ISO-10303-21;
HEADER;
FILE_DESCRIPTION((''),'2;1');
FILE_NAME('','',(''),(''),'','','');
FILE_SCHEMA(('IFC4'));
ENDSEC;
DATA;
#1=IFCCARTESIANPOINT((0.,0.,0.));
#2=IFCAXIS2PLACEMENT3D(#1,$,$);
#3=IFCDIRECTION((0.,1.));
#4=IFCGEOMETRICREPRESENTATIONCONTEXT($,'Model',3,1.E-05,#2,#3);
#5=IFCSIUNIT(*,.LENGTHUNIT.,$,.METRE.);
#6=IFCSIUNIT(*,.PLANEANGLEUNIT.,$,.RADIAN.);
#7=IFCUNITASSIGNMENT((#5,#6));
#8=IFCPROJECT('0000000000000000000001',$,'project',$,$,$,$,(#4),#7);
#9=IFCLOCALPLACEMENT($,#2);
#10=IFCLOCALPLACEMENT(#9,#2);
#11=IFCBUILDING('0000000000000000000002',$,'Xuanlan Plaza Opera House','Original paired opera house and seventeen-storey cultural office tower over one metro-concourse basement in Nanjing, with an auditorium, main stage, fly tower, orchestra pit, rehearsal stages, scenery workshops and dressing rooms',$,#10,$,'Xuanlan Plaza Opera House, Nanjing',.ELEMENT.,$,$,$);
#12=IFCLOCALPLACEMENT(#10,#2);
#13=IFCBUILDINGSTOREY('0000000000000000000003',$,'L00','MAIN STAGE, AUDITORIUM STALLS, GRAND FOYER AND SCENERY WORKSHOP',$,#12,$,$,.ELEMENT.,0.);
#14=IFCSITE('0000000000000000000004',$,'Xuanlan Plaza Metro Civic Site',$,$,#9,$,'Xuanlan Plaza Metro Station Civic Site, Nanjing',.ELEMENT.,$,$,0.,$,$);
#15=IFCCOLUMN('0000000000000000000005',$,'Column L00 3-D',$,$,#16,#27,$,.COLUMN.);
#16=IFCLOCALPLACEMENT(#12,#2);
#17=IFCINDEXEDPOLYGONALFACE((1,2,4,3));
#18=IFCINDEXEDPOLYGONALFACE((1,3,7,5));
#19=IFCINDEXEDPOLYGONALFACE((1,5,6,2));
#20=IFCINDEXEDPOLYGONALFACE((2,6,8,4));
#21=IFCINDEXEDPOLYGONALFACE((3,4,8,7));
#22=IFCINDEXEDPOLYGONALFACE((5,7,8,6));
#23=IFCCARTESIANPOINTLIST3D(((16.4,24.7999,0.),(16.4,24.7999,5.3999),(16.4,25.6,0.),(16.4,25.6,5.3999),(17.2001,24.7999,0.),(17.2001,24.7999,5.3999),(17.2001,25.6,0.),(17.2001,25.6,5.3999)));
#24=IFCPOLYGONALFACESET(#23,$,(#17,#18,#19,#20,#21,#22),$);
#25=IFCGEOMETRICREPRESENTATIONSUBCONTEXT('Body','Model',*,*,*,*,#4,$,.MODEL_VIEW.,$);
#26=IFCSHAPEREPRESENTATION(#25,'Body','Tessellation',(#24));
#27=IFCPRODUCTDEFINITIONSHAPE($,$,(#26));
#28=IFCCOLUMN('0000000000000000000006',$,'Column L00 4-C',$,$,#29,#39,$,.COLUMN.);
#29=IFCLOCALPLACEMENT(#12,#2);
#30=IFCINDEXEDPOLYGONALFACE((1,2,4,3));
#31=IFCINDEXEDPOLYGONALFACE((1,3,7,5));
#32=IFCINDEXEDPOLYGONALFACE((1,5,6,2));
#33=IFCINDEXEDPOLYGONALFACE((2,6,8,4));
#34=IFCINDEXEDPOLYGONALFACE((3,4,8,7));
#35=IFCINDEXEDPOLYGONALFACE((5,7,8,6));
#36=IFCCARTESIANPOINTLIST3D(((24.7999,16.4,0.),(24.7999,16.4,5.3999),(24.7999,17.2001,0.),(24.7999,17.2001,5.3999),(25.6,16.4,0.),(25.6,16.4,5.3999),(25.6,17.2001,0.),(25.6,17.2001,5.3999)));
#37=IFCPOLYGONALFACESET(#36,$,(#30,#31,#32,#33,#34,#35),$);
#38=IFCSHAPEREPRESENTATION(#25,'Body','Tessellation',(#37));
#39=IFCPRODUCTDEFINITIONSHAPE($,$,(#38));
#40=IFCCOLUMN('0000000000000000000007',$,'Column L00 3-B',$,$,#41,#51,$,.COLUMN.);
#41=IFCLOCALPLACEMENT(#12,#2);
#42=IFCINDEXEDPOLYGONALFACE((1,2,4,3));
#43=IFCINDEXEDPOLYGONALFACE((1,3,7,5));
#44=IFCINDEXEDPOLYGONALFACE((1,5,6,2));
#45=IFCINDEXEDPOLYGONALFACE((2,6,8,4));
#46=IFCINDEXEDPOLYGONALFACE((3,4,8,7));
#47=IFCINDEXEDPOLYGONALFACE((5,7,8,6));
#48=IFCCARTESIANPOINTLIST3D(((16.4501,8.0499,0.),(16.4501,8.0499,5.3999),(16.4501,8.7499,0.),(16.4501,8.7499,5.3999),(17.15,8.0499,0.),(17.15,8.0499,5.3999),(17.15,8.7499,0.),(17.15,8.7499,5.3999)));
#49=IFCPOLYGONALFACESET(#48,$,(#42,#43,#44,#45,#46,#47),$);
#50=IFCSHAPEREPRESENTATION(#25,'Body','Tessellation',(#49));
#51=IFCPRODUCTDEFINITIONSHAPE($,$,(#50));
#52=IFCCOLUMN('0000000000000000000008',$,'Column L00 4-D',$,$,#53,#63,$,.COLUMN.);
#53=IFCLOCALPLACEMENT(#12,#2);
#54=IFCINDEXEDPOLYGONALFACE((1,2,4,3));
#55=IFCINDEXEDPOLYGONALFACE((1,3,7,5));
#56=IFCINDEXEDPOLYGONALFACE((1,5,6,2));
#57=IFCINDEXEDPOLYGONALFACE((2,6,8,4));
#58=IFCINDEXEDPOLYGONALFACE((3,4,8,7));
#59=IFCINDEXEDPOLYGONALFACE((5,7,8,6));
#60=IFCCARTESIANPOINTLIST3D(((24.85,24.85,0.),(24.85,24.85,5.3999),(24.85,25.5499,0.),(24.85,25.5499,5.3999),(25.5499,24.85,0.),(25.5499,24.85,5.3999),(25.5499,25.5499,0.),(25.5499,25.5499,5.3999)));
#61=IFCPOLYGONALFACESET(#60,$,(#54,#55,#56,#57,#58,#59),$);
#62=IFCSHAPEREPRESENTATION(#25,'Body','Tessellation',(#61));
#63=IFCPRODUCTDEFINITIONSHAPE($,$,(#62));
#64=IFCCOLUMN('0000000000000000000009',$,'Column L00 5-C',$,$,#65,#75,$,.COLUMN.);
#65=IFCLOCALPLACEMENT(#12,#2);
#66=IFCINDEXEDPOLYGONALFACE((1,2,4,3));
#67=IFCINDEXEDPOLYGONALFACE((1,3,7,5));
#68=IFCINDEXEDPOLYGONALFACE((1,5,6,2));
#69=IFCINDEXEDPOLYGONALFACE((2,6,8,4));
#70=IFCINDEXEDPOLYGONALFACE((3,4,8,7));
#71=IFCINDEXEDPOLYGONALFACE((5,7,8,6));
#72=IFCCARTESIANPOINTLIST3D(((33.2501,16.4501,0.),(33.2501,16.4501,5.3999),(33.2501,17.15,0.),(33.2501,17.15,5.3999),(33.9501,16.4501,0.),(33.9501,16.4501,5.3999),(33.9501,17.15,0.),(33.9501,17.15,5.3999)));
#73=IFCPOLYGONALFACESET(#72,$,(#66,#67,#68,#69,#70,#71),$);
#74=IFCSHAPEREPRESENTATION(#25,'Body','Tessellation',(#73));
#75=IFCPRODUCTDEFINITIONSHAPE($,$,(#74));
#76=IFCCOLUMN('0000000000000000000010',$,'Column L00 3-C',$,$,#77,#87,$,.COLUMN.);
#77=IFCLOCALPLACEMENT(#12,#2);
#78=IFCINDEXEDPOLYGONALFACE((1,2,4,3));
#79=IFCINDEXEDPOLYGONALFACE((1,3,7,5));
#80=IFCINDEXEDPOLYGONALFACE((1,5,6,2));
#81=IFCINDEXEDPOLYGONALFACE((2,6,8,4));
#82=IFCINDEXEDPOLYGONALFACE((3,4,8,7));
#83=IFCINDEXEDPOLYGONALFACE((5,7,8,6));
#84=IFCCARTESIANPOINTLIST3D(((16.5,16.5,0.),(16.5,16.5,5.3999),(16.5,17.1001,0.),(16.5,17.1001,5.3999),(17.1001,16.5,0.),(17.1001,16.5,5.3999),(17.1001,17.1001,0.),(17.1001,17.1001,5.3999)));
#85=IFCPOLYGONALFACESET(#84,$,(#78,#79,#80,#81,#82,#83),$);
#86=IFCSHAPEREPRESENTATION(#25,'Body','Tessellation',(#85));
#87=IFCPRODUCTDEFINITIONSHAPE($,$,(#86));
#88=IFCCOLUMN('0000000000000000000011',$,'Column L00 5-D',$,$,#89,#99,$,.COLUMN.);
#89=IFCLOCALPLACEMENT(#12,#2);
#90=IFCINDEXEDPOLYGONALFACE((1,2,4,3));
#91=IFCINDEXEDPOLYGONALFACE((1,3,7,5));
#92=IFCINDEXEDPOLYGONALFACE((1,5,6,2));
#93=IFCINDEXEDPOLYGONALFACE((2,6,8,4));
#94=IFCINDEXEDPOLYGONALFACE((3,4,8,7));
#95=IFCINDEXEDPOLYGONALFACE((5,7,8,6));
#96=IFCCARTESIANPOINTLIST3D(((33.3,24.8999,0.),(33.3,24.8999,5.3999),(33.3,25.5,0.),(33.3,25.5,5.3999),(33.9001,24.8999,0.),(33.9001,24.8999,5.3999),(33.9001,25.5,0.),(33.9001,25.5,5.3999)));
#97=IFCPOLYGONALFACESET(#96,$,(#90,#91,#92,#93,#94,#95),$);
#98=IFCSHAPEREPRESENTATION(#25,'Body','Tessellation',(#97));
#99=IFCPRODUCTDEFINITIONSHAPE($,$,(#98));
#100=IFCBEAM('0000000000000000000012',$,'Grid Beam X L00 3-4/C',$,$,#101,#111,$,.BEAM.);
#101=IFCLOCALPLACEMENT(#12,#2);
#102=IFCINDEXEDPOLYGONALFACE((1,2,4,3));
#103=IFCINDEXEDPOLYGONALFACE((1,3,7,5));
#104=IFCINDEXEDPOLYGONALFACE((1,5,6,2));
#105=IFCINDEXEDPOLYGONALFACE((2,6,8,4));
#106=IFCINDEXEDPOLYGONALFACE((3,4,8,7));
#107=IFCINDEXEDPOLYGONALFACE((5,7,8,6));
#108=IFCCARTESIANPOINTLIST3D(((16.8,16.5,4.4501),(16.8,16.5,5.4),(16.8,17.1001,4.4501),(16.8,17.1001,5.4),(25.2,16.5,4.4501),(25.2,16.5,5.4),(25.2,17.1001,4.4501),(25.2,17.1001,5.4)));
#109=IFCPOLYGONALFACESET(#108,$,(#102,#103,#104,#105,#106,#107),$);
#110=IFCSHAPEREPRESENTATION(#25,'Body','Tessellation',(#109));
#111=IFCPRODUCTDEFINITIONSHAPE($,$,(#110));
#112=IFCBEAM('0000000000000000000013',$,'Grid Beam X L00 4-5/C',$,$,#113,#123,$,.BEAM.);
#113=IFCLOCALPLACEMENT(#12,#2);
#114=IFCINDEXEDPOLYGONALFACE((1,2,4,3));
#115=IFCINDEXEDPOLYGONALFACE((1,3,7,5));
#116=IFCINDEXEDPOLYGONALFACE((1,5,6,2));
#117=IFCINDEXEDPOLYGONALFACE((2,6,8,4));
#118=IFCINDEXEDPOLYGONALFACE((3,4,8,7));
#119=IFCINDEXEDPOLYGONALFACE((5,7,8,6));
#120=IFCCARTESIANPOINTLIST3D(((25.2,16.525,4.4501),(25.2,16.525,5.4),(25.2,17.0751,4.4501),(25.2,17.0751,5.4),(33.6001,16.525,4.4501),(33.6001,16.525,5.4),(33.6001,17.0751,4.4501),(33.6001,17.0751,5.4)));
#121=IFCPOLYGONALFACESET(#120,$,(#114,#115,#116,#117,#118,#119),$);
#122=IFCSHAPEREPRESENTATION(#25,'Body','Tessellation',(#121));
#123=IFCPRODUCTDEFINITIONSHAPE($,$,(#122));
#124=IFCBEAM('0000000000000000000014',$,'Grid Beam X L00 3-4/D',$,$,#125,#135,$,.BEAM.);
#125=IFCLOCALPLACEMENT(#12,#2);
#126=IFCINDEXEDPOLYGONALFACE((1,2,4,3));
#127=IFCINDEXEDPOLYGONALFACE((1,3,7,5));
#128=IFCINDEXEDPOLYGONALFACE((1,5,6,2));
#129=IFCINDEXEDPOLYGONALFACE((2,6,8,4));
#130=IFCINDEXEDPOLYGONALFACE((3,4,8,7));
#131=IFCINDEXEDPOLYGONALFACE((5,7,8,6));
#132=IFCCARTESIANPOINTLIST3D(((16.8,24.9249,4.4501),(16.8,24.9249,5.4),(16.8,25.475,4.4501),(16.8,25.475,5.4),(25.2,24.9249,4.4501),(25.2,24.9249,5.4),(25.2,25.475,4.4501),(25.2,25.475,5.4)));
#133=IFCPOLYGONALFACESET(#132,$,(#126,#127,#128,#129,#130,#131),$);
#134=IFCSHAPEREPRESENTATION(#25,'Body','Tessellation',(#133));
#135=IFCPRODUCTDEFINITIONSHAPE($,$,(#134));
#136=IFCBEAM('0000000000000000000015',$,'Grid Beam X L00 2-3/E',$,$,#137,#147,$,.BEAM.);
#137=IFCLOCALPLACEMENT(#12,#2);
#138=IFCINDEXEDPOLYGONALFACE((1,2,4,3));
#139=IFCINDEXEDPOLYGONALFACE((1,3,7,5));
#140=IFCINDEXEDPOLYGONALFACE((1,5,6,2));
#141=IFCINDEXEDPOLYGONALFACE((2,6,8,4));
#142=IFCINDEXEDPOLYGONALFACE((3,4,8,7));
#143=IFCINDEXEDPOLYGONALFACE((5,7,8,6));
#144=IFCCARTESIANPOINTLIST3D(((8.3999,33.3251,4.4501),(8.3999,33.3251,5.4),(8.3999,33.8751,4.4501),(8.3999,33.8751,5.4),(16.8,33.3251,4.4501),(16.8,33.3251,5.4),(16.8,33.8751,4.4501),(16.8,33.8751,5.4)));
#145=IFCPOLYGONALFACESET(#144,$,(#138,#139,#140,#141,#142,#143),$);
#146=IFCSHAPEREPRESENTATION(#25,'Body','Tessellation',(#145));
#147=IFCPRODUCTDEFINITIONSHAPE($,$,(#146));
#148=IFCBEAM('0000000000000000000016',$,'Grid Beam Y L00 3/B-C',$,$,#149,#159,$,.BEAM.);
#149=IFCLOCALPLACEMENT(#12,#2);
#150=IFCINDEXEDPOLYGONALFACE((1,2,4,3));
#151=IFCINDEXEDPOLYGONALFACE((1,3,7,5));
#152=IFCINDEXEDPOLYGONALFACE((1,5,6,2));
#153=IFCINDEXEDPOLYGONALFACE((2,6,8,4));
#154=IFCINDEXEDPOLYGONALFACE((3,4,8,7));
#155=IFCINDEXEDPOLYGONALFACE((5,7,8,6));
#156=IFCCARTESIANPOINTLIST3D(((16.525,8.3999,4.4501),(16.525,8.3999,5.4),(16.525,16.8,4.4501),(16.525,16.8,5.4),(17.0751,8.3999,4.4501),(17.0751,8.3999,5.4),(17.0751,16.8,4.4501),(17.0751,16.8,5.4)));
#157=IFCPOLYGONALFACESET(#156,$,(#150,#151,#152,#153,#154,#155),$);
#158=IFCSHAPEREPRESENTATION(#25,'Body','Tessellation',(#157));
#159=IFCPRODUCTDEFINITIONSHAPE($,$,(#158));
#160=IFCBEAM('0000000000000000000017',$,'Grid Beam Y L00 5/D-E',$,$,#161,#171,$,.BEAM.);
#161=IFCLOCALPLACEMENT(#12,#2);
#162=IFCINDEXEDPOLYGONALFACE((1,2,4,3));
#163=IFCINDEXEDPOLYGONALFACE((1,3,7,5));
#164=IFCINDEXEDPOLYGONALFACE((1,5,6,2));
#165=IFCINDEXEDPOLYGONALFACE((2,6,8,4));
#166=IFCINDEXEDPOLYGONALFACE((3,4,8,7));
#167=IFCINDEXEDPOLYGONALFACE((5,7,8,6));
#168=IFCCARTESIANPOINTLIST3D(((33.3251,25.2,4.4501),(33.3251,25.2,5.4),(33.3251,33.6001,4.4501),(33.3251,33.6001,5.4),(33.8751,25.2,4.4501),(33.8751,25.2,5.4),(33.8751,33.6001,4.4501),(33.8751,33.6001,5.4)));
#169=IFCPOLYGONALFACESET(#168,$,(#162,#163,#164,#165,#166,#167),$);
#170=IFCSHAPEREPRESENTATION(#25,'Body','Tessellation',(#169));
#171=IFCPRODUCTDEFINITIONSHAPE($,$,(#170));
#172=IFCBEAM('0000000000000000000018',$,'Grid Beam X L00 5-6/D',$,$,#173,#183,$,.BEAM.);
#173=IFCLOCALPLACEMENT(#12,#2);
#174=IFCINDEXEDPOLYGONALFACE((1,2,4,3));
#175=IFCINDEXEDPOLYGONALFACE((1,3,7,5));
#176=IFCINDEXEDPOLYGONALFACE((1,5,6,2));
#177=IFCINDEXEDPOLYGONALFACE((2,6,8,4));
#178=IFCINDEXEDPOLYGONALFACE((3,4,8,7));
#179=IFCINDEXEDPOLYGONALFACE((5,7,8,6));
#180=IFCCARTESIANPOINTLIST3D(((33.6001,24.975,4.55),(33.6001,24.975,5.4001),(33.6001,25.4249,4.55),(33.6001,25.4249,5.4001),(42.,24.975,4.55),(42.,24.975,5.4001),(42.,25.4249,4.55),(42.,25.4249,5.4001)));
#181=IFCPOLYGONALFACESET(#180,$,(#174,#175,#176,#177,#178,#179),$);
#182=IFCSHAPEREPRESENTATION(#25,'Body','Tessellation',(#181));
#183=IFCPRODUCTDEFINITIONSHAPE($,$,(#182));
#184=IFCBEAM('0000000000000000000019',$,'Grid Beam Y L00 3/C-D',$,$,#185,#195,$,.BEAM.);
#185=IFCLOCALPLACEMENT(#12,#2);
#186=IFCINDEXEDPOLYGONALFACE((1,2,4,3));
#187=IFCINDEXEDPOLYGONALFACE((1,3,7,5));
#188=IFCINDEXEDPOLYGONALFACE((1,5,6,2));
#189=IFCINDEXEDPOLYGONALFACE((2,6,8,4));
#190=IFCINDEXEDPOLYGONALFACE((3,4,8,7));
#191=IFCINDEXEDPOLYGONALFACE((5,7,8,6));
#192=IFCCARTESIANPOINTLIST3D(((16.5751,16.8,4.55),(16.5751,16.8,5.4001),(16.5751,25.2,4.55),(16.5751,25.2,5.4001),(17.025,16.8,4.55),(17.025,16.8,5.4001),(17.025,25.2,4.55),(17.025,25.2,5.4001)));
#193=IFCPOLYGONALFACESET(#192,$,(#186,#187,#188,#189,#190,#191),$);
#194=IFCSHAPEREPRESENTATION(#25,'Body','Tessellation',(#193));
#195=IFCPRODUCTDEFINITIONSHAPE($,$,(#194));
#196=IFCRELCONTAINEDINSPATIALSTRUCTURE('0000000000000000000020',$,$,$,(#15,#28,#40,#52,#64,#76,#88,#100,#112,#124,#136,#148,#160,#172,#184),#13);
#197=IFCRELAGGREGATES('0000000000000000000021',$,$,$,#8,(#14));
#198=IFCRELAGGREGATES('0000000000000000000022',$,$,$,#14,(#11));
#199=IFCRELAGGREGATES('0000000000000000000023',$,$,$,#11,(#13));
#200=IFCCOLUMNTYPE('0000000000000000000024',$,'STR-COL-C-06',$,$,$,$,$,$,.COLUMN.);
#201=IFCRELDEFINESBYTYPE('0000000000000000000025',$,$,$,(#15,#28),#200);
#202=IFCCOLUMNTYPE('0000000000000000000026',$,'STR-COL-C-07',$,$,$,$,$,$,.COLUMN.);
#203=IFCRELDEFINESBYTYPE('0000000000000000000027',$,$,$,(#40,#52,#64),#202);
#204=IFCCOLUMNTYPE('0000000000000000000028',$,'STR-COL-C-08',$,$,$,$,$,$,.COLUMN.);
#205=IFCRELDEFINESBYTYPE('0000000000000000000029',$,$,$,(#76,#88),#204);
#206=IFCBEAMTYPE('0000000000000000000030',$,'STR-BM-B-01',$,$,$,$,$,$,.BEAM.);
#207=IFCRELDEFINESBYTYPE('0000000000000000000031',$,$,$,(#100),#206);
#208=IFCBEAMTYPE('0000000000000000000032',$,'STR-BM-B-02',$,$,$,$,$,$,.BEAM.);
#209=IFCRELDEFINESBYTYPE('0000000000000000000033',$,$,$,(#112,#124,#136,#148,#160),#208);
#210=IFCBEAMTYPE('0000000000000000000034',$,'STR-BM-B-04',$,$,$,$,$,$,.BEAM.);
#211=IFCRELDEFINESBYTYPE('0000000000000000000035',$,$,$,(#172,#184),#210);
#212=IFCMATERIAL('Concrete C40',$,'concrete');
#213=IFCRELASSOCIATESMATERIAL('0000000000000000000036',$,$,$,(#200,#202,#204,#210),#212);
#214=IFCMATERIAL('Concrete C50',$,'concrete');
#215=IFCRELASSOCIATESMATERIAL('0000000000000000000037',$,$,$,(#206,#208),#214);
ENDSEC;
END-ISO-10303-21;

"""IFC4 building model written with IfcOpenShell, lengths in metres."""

from ifc_helpers import new_model, si_unit, direction, frame, origin, origin_2d, place, context, subcontext, project, spatial, rectangle, extrude, material, material_profile, profile_set, type_object, element, save


model = new_model("IFC4")

# Units and contexts
model_context = context("Model", 3, precision=1e-05, world=origin(), true_north=direction((0.0, 1.0)))
body_context = subcontext(model_context, "Body", "Model", "MODEL_VIEW")
ifc_project = project(units=[si_unit("LENGTHUNIT", "METRE"), si_unit("PLANEANGLEUNIT", "RADIAN")], contexts=[model_context])

# Site, building, storey
site_placement = place(None, origin())
site = spatial("IfcSite", under=ifc_project, at=site_placement, Name="Xuanlan Plaza Metro Civic Site", LongName="Xuanlan Plaza Metro Station Civic Site, Nanjing", CompositionType="ELEMENT", RefElevation=0.0)
building_placement = place(site_placement, origin())
building = spatial("IfcBuilding", under=site, at=building_placement, Name="Xuanlan Plaza Opera House", Description="Original paired opera house and seventeen-storey cultural office tower over one metro-concourse basement in Nanjing, with an auditorium, main stage, fly tower, orchestra pit, rehearsal stages, scenery workshops and dressing rooms", LongName="Xuanlan Plaza Opera House, Nanjing", CompositionType="ELEMENT")
storey_placement = place(building_placement, origin())
storey = spatial("IfcBuildingStorey", under=building, at=storey_placement, Name="L00", Description="MAIN STAGE, AUDITORIUM STALLS, GRAND FOYER AND SCENERY WORKSHOP", CompositionType="ELEMENT", Elevation=0.0)

# Columns
ifc_material_1 = material(Name="Concrete C40", Category="concrete")
ifc_material_profile_1 = material_profile(ifc_material_1, rectangle(XDim=0.8, YDim=0.8, at=origin_2d()), Name="RC-COL 800x800")
ifc_profile_set_1 = profile_set([ifc_material_profile_1], Name="Concrete C40")
column_type_1 = type_object("IfcColumnType", Name="STR-COL-C-06", PredefinedType="COLUMN", material=ifc_profile_set_1)
for number, where, z_axis, x_axis, name in (
    (1, (16.8, 25.2, 0.0), (0.0, 0.0, 1.0), (1.0, 0.0, 0.0), "Column L00 3-D"),
    (2, (25.2, 16.8, 0.0), (0.0, 0.0, 1.0), (1.0, 0.0, 0.0), "Column L00 4-C"),
):
    element("IfcColumn", number, at=place(storey_placement, frame(where, z_axis=z_axis, x_axis=x_axis)), inside=storey, type_object=column_type_1, Name=name, PredefinedType="COLUMN", context=body_context, shape_type="SweptSolid", body=[
        extrude(rectangle(XDim=0.8, YDim=0.8, at=origin_2d()), origin(), (0.0, 0.0, 1.0), 5.3999),
    ])
ifc_material_profile_2 = material_profile(ifc_material_1, rectangle(XDim=0.7, YDim=0.7, at=origin_2d()), Name="RC-COL 700x700")
ifc_profile_set_2 = profile_set([ifc_material_profile_2], Name="Concrete C40")
column_type_2 = type_object("IfcColumnType", Name="STR-COL-C-07", PredefinedType="COLUMN", material=ifc_profile_set_2)
for number, where, z_axis, x_axis, name in (
    (3, (16.8, 8.3999, 0.0), (0.0, 0.0, 1.0), (1.0, 0.0, 0.0), "Column L00 3-B"),
    (4, (25.2, 25.2, 0.0), (0.0, 0.0, 1.0), (1.0, 0.0, 0.0), "Column L00 4-D"),
    (5, (33.6001, 16.8, 0.0), (0.0, 0.0, 1.0), (1.0, 0.0, 0.0), "Column L00 5-C"),
):
    element("IfcColumn", number, at=place(storey_placement, frame(where, z_axis=z_axis, x_axis=x_axis)), inside=storey, type_object=column_type_2, Name=name, PredefinedType="COLUMN", context=body_context, shape_type="SweptSolid", body=[
        extrude(rectangle(XDim=0.7, YDim=0.7, at=origin_2d()), origin(), (0.0, 0.0, 1.0), 5.3999),
    ])
ifc_material_profile_3 = material_profile(ifc_material_1, rectangle(XDim=0.6001, YDim=0.6001, at=origin_2d()), Name="RC-COL 600x600")
ifc_profile_set_3 = profile_set([ifc_material_profile_3], Name="Concrete C40")
column_type_3 = type_object("IfcColumnType", Name="STR-COL-C-08", PredefinedType="COLUMN", material=ifc_profile_set_3)
for number, where, z_axis, x_axis, name in (
    (6, (16.8, 16.8, 0.0), (0.0, 0.0, 1.0), (1.0, 0.0, 0.0), "Column L00 3-C"),
    (7, (33.6001, 25.2, 0.0), (0.0, 0.0, 1.0), (1.0, 0.0, 0.0), "Column L00 5-D"),
):
    element("IfcColumn", number, at=place(storey_placement, frame(where, z_axis=z_axis, x_axis=x_axis)), inside=storey, type_object=column_type_3, Name=name, PredefinedType="COLUMN", context=body_context, shape_type="SweptSolid", body=[
        extrude(rectangle(XDim=0.6001, YDim=0.6001, at=origin_2d()), origin(), (0.0, 0.0, 1.0), 5.3999),
    ])

# Beams
ifc_material_2 = material(Name="Concrete C50", Category="concrete")
ifc_material_profile_4 = material_profile(ifc_material_2, rectangle(XDim=0.6001, YDim=0.95, at=origin_2d()), Name="RC-BM 600x950")
ifc_profile_set_4 = profile_set([ifc_material_profile_4], Name="Concrete C50")
beam_type_1 = type_object("IfcBeamType", Name="STR-BM-B-01", PredefinedType="BEAM", material=ifc_profile_set_4)
beam_1_placement = place(storey_placement, frame((16.8, 16.8, 4.925), z_axis=(1.0, 0.0, 0.0), x_axis=(0.0, 1.0, 0.0)))
element("IfcBeam", 8, at=beam_1_placement, inside=storey, type_object=beam_type_1, Name="Grid Beam X L00 3-4/C", PredefinedType="BEAM", context=body_context, shape_type="SweptSolid", body=[
    extrude(rectangle(XDim=0.6001, YDim=0.95, at=origin_2d()), origin(), (0.0, 0.0, 1.0), 8.3999),
])
ifc_material_profile_5 = material_profile(ifc_material_2, rectangle(XDim=0.55, YDim=0.95, at=origin_2d()), Name="RC-BM 550x950")
ifc_profile_set_5 = profile_set([ifc_material_profile_5], Name="Concrete C50")
beam_type_2 = type_object("IfcBeamType", Name="STR-BM-B-02", PredefinedType="BEAM", material=ifc_profile_set_5)
beam_2_placement = place(storey_placement, frame((25.2, 16.8, 4.925), z_axis=(1.0, 0.0, 0.0), x_axis=(0.0, 1.0, 0.0)))
element("IfcBeam", 9, at=beam_2_placement, inside=storey, type_object=beam_type_2, Name="Grid Beam X L00 4-5/C", PredefinedType="BEAM", context=body_context, shape_type="SweptSolid", body=[
    extrude(rectangle(XDim=0.55, YDim=0.95, at=origin_2d()), origin(), (0.0, 0.0, 1.0), 8.4001),
])
beam_3_placement = place(storey_placement, frame((16.8, 25.2, 4.925), z_axis=(1.0, 0.0, 0.0), x_axis=(0.0, 1.0, 0.0)))
element("IfcBeam", 10, at=beam_3_placement, inside=storey, type_object=beam_type_2, Name="Grid Beam X L00 3-4/D", PredefinedType="BEAM", context=body_context, shape_type="SweptSolid", body=[
    extrude(rectangle(XDim=0.55, YDim=0.95, at=origin_2d()), origin(), (0.0, 0.0, 1.0), 8.3999),
])
for number, where, z_axis, x_axis, name in (
    (11, (8.3999, 33.6001, 4.925), (1.0, 0.0, 0.0), (0.0, 1.0, 0.0), "Grid Beam X L00 2-3/E"),
    (12, (16.8, 8.3999, 4.925), (0.0, 1.0, 0.0), (-1.0, 0.0, 0.0), "Grid Beam Y L00 3/B-C"),
    (13, (33.6001, 25.2, 4.925), (0.0, 1.0, 0.0), (-1.0, 0.0, 0.0), "Grid Beam Y L00 5/D-E"),
):
    element("IfcBeam", number, at=place(storey_placement, frame(where, z_axis=z_axis, x_axis=x_axis)), inside=storey, type_object=beam_type_2, Name=name, PredefinedType="BEAM", context=body_context, shape_type="SweptSolid", body=[
        extrude(rectangle(XDim=0.55, YDim=0.95, at=origin_2d()), origin(), (0.0, 0.0, 1.0), 8.4001),
    ])
ifc_material_profile_6 = material_profile(ifc_material_1, rectangle(XDim=0.45, YDim=0.8501, at=origin_2d()), Name="RC-BM 450x850")
ifc_profile_set_6 = profile_set([ifc_material_profile_6], Name="Concrete C40")
beam_type_3 = type_object("IfcBeamType", Name="STR-BM-B-04", PredefinedType="BEAM", material=ifc_profile_set_6)
for number, where, z_axis, x_axis, name in (
    (14, (33.6001, 25.2, 4.9751), (1.0, 0.0, 0.0), (0.0, 1.0, 0.0), "Grid Beam X L00 5-6/D"),
    (15, (16.8, 16.8, 4.9751), (0.0, 1.0, 0.0), (-1.0, 0.0, 0.0), "Grid Beam Y L00 3/C-D"),
):
    element("IfcBeam", number, at=place(storey_placement, frame(where, z_axis=z_axis, x_axis=x_axis)), inside=storey, type_object=beam_type_3, Name=name, PredefinedType="BEAM", context=body_context, shape_type="SweptSolid", body=[
        extrude(rectangle(XDim=0.45, YDim=0.8501, at=origin_2d()), origin(), (0.0, 0.0, 1.0), 8.3999),
    ])

save(model, "model.ifc")
